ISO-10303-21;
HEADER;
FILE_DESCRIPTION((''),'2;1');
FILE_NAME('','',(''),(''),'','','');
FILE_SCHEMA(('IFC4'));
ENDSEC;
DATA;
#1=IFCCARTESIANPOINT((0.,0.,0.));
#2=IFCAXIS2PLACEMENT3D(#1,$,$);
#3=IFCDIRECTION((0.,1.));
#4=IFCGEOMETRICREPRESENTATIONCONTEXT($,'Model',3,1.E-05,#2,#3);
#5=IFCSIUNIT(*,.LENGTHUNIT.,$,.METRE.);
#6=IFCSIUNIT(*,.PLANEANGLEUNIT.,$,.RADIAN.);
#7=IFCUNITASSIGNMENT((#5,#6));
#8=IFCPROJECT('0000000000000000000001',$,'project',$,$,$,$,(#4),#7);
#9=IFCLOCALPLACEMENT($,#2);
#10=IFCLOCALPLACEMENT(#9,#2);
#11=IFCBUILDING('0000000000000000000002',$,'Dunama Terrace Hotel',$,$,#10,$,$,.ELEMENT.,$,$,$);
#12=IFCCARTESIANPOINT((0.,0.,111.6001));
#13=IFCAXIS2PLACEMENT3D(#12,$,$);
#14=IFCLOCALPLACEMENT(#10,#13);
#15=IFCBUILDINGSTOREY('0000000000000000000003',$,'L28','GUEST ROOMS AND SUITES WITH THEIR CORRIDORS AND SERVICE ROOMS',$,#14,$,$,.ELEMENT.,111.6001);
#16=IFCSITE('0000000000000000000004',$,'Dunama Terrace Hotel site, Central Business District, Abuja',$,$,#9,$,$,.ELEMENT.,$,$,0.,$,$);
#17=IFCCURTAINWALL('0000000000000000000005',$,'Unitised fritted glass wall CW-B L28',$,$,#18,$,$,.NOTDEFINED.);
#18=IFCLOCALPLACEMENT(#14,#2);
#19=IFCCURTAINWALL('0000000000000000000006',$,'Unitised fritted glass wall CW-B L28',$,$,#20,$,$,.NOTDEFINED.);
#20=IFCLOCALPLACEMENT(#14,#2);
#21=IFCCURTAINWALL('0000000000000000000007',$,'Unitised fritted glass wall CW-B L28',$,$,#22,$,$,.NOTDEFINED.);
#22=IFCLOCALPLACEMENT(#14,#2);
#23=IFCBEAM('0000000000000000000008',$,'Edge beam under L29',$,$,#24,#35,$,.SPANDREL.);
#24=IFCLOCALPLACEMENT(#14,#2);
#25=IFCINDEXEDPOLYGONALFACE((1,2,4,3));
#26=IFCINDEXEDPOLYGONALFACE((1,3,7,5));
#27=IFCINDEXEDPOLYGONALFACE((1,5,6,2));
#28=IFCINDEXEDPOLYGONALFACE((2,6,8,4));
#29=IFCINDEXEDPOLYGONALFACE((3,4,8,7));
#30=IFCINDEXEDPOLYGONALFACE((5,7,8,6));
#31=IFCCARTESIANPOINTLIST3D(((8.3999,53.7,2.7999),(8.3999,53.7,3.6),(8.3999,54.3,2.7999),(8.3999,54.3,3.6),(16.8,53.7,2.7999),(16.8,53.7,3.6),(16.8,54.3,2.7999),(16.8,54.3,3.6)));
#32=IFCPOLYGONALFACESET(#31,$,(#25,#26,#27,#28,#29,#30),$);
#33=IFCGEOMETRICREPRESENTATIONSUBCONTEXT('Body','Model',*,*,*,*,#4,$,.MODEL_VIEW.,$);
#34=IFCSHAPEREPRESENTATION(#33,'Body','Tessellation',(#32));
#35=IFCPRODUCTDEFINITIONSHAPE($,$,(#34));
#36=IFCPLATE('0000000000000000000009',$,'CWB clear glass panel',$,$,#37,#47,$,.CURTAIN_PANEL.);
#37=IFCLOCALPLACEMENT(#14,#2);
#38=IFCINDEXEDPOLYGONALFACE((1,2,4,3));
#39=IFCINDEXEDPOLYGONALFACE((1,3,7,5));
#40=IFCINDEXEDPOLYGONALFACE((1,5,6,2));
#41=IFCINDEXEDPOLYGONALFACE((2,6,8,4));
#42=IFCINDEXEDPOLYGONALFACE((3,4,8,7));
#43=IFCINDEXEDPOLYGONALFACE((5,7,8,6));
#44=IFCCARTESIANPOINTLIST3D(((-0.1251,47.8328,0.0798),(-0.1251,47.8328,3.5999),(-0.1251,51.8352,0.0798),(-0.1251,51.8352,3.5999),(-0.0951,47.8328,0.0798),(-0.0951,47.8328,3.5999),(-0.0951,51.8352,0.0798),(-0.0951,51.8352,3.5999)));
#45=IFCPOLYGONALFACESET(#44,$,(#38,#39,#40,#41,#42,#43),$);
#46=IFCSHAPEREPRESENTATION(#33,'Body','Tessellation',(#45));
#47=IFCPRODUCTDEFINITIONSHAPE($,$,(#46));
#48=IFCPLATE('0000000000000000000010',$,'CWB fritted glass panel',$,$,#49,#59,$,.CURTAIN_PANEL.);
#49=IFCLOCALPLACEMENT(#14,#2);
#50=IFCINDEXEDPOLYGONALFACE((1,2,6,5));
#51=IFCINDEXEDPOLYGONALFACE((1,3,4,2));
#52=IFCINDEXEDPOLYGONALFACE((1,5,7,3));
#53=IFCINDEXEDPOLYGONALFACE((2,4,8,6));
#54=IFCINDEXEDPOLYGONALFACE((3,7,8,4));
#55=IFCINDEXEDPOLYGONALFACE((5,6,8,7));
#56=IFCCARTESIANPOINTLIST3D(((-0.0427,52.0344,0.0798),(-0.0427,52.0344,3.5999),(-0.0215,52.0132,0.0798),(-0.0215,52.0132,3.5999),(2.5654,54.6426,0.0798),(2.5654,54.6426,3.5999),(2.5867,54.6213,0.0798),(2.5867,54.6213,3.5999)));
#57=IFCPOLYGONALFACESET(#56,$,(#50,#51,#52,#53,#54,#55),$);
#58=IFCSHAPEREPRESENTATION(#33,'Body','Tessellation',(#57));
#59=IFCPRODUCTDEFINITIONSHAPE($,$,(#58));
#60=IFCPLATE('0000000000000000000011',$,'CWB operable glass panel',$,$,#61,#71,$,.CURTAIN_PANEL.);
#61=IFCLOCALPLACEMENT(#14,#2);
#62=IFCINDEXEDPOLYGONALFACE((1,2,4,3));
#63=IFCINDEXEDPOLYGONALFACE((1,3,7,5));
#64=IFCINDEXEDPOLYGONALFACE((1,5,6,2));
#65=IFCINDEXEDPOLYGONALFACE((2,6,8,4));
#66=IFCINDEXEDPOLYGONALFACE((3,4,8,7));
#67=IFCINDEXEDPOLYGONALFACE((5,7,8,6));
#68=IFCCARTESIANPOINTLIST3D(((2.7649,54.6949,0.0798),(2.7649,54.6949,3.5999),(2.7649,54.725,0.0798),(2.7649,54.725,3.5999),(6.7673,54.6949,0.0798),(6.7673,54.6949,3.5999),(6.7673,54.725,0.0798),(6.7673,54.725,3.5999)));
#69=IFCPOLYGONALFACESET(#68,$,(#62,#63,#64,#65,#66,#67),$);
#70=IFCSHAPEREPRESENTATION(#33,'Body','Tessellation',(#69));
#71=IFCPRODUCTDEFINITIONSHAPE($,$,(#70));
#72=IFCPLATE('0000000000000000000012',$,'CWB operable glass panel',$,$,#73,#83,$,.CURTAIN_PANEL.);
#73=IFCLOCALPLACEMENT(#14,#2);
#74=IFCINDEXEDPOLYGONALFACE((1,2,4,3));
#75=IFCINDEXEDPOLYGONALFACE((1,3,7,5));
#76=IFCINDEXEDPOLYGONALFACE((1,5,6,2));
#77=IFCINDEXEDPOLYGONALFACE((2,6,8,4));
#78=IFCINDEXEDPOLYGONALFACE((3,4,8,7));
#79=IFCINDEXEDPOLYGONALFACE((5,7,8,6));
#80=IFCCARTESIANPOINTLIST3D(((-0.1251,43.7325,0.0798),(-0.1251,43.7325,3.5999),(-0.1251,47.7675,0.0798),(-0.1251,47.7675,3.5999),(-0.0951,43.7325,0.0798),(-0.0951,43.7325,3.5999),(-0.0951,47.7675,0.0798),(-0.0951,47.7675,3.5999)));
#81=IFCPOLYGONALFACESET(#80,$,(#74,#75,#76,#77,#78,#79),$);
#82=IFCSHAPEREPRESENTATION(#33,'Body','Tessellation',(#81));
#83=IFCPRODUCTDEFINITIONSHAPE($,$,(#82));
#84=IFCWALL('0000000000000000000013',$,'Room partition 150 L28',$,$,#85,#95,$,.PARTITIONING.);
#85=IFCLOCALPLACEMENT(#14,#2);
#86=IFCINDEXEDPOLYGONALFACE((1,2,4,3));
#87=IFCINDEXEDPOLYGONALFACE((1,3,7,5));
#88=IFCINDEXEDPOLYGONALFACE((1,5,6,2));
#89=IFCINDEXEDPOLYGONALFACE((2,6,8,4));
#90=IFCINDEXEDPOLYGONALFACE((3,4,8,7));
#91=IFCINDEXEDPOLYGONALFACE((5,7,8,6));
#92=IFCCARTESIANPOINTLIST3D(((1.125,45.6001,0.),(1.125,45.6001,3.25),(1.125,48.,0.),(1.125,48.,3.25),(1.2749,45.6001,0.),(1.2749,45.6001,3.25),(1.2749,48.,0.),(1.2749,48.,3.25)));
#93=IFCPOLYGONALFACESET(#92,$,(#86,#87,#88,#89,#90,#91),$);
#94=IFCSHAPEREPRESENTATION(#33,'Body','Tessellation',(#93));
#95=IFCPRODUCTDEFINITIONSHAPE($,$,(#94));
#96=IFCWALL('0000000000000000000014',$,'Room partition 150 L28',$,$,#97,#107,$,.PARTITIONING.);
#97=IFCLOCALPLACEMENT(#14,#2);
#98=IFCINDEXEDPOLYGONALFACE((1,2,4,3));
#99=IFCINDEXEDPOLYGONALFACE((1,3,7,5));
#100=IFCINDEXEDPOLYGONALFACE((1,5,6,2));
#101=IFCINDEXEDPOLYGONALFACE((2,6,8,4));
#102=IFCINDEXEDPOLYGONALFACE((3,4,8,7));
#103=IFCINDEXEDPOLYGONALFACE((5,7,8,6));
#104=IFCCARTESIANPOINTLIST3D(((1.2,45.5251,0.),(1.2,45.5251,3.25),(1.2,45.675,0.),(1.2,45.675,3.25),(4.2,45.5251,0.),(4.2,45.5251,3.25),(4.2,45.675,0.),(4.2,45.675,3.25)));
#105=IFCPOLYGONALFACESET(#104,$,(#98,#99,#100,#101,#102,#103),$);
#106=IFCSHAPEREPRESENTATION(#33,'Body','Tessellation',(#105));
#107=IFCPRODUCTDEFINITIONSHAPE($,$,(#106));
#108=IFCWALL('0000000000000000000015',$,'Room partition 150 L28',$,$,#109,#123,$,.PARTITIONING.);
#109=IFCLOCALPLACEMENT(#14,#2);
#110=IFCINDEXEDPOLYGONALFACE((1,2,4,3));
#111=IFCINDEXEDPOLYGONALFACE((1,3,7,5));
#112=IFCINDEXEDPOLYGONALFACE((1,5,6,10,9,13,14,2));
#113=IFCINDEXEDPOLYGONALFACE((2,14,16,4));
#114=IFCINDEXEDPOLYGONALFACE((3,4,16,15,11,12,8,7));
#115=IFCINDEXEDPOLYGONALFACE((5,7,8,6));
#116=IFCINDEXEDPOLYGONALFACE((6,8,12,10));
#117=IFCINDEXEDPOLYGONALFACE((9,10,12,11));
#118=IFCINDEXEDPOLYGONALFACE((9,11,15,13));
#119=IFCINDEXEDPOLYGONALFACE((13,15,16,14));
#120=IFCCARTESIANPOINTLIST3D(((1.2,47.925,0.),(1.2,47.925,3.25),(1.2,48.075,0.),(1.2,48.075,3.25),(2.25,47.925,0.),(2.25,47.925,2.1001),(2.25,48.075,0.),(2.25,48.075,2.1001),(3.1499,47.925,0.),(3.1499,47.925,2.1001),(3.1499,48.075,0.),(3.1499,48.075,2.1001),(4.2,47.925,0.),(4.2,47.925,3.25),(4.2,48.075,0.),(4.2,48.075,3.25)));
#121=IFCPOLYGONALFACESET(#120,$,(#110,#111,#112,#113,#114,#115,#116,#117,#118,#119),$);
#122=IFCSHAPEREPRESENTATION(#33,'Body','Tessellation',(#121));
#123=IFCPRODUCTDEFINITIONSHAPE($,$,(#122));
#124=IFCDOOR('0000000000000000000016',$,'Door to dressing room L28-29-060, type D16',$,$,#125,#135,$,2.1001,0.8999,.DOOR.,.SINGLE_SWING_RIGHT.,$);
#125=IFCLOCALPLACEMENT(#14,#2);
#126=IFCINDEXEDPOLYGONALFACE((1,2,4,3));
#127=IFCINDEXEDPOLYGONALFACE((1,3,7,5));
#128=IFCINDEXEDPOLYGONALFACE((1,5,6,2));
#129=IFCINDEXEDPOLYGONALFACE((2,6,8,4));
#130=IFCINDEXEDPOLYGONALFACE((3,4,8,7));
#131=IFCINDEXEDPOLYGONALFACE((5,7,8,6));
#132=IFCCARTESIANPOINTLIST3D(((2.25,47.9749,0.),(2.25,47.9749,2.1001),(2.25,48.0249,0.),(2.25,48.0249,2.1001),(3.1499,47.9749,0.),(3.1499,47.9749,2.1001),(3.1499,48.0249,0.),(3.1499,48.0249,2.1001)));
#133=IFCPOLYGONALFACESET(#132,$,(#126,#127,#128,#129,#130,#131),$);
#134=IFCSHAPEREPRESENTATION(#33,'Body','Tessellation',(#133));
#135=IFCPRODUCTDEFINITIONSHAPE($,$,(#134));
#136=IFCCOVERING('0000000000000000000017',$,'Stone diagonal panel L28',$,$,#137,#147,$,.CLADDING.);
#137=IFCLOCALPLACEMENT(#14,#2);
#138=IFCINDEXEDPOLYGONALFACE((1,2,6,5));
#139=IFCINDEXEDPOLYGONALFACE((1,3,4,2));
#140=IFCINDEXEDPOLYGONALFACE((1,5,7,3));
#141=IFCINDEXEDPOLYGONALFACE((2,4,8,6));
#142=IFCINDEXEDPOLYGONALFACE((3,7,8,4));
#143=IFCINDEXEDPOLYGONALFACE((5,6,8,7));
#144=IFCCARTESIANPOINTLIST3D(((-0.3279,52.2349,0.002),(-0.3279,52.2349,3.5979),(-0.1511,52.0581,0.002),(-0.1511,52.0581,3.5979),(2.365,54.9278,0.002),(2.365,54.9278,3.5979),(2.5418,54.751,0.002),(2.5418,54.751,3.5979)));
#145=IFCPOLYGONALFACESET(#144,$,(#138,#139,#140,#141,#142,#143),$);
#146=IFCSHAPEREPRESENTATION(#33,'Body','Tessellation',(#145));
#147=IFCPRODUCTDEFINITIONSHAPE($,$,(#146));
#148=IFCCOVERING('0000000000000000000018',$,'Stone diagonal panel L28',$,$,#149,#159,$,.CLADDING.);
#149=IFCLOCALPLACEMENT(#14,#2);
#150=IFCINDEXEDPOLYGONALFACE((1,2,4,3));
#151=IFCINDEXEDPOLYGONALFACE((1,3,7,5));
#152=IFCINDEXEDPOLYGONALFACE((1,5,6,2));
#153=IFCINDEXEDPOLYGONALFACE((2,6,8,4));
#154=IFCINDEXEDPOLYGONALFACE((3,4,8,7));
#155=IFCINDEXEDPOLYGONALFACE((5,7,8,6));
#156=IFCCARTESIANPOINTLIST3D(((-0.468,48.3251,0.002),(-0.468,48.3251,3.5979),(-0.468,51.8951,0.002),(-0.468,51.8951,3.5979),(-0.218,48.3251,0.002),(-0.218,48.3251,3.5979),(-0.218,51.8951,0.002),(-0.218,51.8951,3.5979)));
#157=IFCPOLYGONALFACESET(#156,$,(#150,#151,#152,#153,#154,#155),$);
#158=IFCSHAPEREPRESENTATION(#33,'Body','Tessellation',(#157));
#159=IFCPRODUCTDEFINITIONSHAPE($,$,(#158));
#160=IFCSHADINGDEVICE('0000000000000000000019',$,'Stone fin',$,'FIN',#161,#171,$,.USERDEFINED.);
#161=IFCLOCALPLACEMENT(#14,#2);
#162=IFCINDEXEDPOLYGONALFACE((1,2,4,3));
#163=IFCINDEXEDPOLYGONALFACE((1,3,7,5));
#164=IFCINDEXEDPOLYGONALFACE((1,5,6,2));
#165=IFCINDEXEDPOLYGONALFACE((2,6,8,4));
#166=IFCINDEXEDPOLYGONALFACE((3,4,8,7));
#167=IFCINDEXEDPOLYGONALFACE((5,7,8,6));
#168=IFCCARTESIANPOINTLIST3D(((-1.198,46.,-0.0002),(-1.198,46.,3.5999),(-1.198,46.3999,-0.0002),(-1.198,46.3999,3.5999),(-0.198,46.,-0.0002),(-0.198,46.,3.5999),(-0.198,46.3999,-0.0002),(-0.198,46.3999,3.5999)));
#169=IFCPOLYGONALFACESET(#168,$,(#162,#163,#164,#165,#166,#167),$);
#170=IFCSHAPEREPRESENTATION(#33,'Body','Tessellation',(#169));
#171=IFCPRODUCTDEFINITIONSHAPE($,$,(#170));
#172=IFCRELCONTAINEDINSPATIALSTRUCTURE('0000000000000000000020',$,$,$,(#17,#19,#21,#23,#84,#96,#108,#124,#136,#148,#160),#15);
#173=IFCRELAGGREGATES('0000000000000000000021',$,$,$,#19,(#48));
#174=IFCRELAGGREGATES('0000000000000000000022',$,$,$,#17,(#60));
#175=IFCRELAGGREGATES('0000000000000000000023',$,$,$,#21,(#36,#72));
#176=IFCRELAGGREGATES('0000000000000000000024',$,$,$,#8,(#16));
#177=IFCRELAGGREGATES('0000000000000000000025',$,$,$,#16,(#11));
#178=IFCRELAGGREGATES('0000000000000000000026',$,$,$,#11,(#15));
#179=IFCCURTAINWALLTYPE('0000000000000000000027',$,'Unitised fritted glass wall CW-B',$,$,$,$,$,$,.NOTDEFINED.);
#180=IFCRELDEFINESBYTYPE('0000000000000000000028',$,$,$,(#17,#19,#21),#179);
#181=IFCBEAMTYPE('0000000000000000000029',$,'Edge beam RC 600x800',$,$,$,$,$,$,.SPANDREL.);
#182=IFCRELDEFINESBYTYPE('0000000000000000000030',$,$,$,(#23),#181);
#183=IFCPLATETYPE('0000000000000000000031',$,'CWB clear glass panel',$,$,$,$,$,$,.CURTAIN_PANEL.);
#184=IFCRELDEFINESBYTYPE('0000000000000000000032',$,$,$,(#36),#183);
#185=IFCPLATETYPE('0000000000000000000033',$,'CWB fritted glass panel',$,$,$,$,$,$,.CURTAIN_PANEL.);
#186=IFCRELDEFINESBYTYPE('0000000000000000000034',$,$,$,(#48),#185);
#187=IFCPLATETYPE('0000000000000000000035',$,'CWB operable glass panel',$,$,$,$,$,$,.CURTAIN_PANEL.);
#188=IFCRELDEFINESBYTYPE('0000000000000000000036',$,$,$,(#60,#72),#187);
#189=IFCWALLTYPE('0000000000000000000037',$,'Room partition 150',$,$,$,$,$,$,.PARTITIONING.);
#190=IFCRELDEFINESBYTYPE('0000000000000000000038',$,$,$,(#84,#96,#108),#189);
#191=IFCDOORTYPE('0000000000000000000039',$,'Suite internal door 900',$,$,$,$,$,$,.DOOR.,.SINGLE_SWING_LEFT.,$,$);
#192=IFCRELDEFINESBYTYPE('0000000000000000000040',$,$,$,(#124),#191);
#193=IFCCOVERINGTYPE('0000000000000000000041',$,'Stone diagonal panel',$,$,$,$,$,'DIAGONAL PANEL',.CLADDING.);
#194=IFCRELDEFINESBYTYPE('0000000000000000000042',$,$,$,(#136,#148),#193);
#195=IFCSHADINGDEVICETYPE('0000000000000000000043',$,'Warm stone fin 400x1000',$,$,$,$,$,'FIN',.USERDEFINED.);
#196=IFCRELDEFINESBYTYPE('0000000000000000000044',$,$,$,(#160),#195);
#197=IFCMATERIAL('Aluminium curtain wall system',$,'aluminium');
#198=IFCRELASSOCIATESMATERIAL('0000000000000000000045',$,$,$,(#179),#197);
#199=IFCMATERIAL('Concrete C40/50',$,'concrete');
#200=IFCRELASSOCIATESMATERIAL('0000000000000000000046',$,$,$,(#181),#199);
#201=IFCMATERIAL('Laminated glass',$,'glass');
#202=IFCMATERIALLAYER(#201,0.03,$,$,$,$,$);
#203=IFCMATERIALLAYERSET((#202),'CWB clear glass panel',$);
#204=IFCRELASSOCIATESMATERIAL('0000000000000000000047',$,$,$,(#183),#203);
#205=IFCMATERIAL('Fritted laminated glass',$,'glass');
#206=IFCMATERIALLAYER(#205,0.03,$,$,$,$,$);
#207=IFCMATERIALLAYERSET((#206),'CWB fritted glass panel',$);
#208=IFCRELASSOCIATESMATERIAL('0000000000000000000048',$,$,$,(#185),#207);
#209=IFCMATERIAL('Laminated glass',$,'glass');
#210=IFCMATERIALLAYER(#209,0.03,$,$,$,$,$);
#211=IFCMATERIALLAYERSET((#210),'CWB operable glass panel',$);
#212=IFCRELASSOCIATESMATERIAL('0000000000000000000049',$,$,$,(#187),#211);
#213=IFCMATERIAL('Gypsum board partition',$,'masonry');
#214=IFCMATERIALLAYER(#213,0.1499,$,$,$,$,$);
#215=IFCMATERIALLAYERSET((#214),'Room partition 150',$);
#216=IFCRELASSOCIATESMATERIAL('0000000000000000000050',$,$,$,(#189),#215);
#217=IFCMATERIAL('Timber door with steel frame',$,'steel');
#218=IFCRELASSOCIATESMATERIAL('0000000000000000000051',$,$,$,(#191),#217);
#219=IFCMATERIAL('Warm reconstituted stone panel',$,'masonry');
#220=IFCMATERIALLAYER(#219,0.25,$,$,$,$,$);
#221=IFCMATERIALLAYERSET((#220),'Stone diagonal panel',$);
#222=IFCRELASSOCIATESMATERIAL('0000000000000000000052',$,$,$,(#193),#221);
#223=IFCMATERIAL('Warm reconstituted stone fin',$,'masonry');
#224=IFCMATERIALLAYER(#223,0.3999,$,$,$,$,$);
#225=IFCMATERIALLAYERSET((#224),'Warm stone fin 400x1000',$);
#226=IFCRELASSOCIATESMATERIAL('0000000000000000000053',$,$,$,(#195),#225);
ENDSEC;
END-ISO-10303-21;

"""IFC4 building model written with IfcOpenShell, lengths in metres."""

from ifc_helpers import new_model, si_unit, direction, frame, frame_2d, origin, origin_2d, place, context, subcontext, project, spatial, rectangle, extrude, material, layer, layer_set, material_profile, profile_set, type_object, element, fill, aggregate, save


model = new_model("IFC4")

# Units and contexts
model_context = context("Model", 3, precision=1e-05, world=origin(), true_north=direction((0.0, 1.0)))
body_context = subcontext(model_context, "Body", "Model", "MODEL_VIEW")
ifc_project = project(units=[si_unit("LENGTHUNIT", "METRE"), si_unit("PLANEANGLEUNIT", "RADIAN")], contexts=[model_context])

# Site, building, storey
site_placement = place(None, origin())
site = spatial("IfcSite", under=ifc_project, at=site_placement, Name="Dunama Terrace Hotel site, Central Business District, Abuja", CompositionType="ELEMENT", RefElevation=0.0)
building_placement = place(site_placement, origin())
building = spatial("IfcBuilding", under=site, at=building_placement, Name="Dunama Terrace Hotel", CompositionType="ELEMENT")
storey_placement = place(building_placement, frame((0.0, 0.0, 111.6001)))
storey = spatial("IfcBuildingStorey", under=building, at=storey_placement, Name="L28", Description="GUEST ROOMS AND SUITES WITH THEIR CORRIDORS AND SERVICE ROOMS", CompositionType="ELEMENT", Elevation=111.6001)

# Curtain walls
ifc_material_1 = material(Name="Aluminium curtain wall system", Category="aluminium")
curtain_wall_type = type_object("IfcCurtainWallType", Name="Unitised fritted glass wall CW-B", PredefinedType="NOTDEFINED", material=ifc_material_1)
curtain_wall_1_placement = place(storey_placement, origin())
curtain_wall_1 = element("IfcCurtainWall", 1, at=curtain_wall_1_placement, inside=storey, type_object=curtain_wall_type, Name="Unitised fritted glass wall CW-B L28", PredefinedType="NOTDEFINED")
curtain_wall_2_placement = place(storey_placement, origin())
curtain_wall_2 = element("IfcCurtainWall", 2, at=curtain_wall_2_placement, inside=storey, type_object=curtain_wall_type, Name="Unitised fritted glass wall CW-B L28", PredefinedType="NOTDEFINED")
curtain_wall_3_placement = place(storey_placement, origin())
curtain_wall_3 = element("IfcCurtainWall", 3, at=curtain_wall_3_placement, inside=storey, type_object=curtain_wall_type, Name="Unitised fritted glass wall CW-B L28", PredefinedType="NOTDEFINED")

# Beam
ifc_material_2 = material(Name="Concrete C40/50", Category="concrete")
ifc_material_profile_1 = material_profile(ifc_material_2, rectangle(XDim=0.6001, YDim=0.8, at=origin_2d()), Name="RC 600x800")
ifc_profile_set_1 = profile_set([ifc_material_profile_1], Name="Concrete C40/50")
beam_type = type_object("IfcBeamType", Name="Edge beam RC 600x800", PredefinedType="SPANDREL", material=ifc_profile_set_1)
beam_placement = place(storey_placement, frame((8.3999, 54.0, 3.2), z_axis=(1.0, 0.0, 0.0), x_axis=(0.0, 1.0, 0.0)))
element("IfcBeam", 4, at=beam_placement, inside=storey, type_object=beam_type, Name="Edge beam under L29", PredefinedType="SPANDREL", context=body_context, shape_type="SweptSolid", body=[
    extrude(rectangle(XDim=0.6001, YDim=0.8, at=origin_2d()), origin(), (0.0, 0.0, 1.0), 8.4001),
])

# Plates
ifc_material_3 = material(Name="Laminated glass", Category="glass")
ifc_layer_1 = layer(ifc_material_3, 0.03)
ifc_layer_set_1 = layer_set([ifc_layer_1], Name="CWB clear glass panel")
plate_type_1 = type_object("IfcPlateType", Name="CWB clear glass panel", PredefinedType="CURTAIN_PANEL", material=ifc_layer_set_1)
plate_1_placement = place(storey_placement, frame((-0.1101, 49.834, 0.0798), z_axis=(0.0, 0.0, 1.0), x_axis=(0.0, -1.0, 0.0)))
plate_1 = element("IfcPlate", 5, at=plate_1_placement, type_object=plate_type_1, Name="CWB clear glass panel", PredefinedType="CURTAIN_PANEL", context=body_context, shape_type="SweptSolid", body=[
    extrude(rectangle(XDim=4.0024, YDim=0.03, at=origin_2d()), origin(), (0.0, 0.0, 1.0), 3.52),
])
ifc_material_4 = material(Name="Fritted laminated glass", Category="glass")
ifc_layer_2 = layer(ifc_material_4, 0.03)
ifc_layer_set_2 = layer_set([ifc_layer_2], Name="CWB fritted glass panel")
plate_type_2 = type_object("IfcPlateType", Name="CWB fritted glass panel", PredefinedType="CURTAIN_PANEL", material=ifc_layer_set_2)
plate_2_placement = place(storey_placement, frame((1.272, 53.3279, 0.0798), z_axis=(0.0, 0.0, 1.0), x_axis=(-0.707107, -0.707107, 0.0)))
plate_2 = element("IfcPlate", 6, at=plate_2_placement, type_object=plate_type_2, Name="CWB fritted glass panel", PredefinedType="CURTAIN_PANEL", context=body_context, shape_type="SweptSolid", body=[
    extrude(rectangle(XDim=3.6885, YDim=0.03, at=origin_2d()), origin(), (0.0, 0.0, 1.0), 3.52),
])
aggregate(curtain_wall_2, [plate_2])
ifc_material_5 = material(Name="Laminated glass", Category="glass")
ifc_layer_3 = layer(ifc_material_5, 0.03)
ifc_layer_set_3 = layer_set([ifc_layer_3], Name="CWB operable glass panel")
plate_type_3 = type_object("IfcPlateType", Name="CWB operable glass panel", PredefinedType="CURTAIN_PANEL", material=ifc_layer_set_3)
plate_3_placement = place(storey_placement, frame((4.7661, 54.71, 0.0798), z_axis=(0.0, 0.0, 1.0), x_axis=(-1.0, 0.0, 0.0)))
plate_3 = element("IfcPlate", 7, at=plate_3_placement, type_object=plate_type_3, Name="CWB operable glass panel", PredefinedType="CURTAIN_PANEL", context=body_context, shape_type="SweptSolid", body=[
    extrude(rectangle(XDim=4.0024, YDim=0.03, at=origin_2d()), origin(), (0.0, 0.0, 1.0), 3.52),
])
aggregate(curtain_wall_1, [plate_3])
plate_4_placement = place(storey_placement, frame((-0.1101, 45.75, 0.0798), z_axis=(0.0, 0.0, 1.0), x_axis=(0.0, -1.0, 0.0)))
plate_4 = element("IfcPlate", 8, at=plate_4_placement, type_object=plate_type_3, Name="CWB operable glass panel", PredefinedType="CURTAIN_PANEL", context=body_context, shape_type="SweptSolid", body=[
    extrude(rectangle(XDim=4.0349, YDim=0.03, at=origin_2d()), origin(), (0.0, 0.0, 1.0), 3.52),
])
aggregate(curtain_wall_3, [plate_1, plate_4])

# Walls
ifc_material_6 = material(Name="Gypsum board partition", Category="masonry")
ifc_layer_4 = layer(ifc_material_6, 0.1499)
ifc_layer_set_4 = layer_set([ifc_layer_4], Name="Room partition 150")
wall_type = type_object("IfcWallType", Name="Room partition 150", PredefinedType="PARTITIONING", material=ifc_layer_set_4)
wall_1_placement = place(storey_placement, frame((1.2, 45.6001, 0.0), z_axis=(0.0, 0.0, 1.0), x_axis=(0.0, 1.0, 0.0)))
element("IfcWall", 9, at=wall_1_placement, inside=storey, type_object=wall_type, Name="Room partition 150 L28", PredefinedType="PARTITIONING", context=body_context, shape_type="SweptSolid", body=[
    extrude(rectangle(XDim=2.3999, YDim=0.1499, at=frame_2d((1.2, 0.0))), origin(), (0.0, 0.0, 1.0), 3.25),
])
wall_2_placement = place(storey_placement, frame((1.2, 45.6001, 0.0), z_axis=(0.0, 0.0, 1.0), x_axis=(1.0, 0.0, 0.0)))
element("IfcWall", 10, at=wall_2_placement, inside=storey, type_object=wall_type, Name="Room partition 150 L28", PredefinedType="PARTITIONING", context=body_context, shape_type="SweptSolid", body=[
    extrude(rectangle(XDim=3.0, YDim=0.1499, at=frame_2d((1.5, 0.0))), origin(), (0.0, 0.0, 1.0), 3.25),
])

# Wall, opening, door
wall_3_placement = place(storey_placement, frame((1.2, 48.0, 0.0), z_axis=(0.0, 0.0, 1.0), x_axis=(1.0, 0.0, 0.0)))
wall_3 = element("IfcWall", 11, at=wall_3_placement, inside=storey, type_object=wall_type, Name="Room partition 150 L28", PredefinedType="PARTITIONING", context=body_context, shape_type="SweptSolid", body=[
    extrude(rectangle(XDim=3.0, YDim=0.1499, at=frame_2d((1.5, 0.0))), origin(), (0.0, 0.0, 1.0), 3.25),
])
opening_placement = place(wall_3_placement, frame((1.05, 0.0, 0.0)))
opening = element("IfcOpeningElement", 12, at=opening_placement, cuts=wall_3, PredefinedType="OPENING", context=body_context, shape_type="SweptSolid", body=[
    extrude(rectangle(XDim=0.8999, YDim=2.1001, at=frame_2d((0.45, 1.05))), frame((0.0, 0.085, 0.0), z_axis=(0.0, -1.0, 0.0), x_axis=(1.0, 0.0, 0.0)), (0.0, 0.0, 1.0), 0.1699),
])
ifc_material_7 = material(Name="Timber door with steel frame", Category="steel")
door_type = type_object("IfcDoorType", Name="Suite internal door 900", OperationType="SINGLE_SWING_LEFT", PredefinedType="DOOR", material=ifc_material_7)
door_placement = place(opening_placement, frame((0.8999, 0.0, 0.0), z_axis=(0.0, 0.0, 1.0), x_axis=(-1.0, 0.0, 0.0)))
door = element("IfcDoor", 13, at=door_placement, inside=storey, type_object=door_type, Name="Door to dressing room L28-29-060, type D16", OperationType="SINGLE_SWING_RIGHT", OverallHeight=2.1001, OverallWidth=0.8999, PredefinedType="DOOR", context=body_context, shape_type="SweptSolid", body=[
    extrude(rectangle(XDim=0.8999, YDim=2.1001, at=frame_2d((0.45, 1.05))), frame((0.0, 0.0251, 0.0), z_axis=(0.0, -1.0, 0.0), x_axis=(1.0, 0.0, 0.0)), (0.0, 0.0, 1.0), 0.05),
])
fill(opening, door)

# Coverings
ifc_material_8 = material(Name="Warm reconstituted stone panel", Category="masonry")
ifc_layer_5 = layer(ifc_material_8, 0.25)
ifc_layer_set_5 = layer_set([ifc_layer_5], Name="Stone diagonal panel")
covering_type = type_object("IfcCoveringType", Name="Stone diagonal panel", ElementType="DIAGONAL PANEL", PredefinedType="CLADDING", material=ifc_layer_set_5)
covering_1_placement = place(storey_placement, frame((1.1069, 53.4929, 0.002), z_axis=(0.0, 0.0, 1.0), x_axis=(-0.707107, -0.707107, 0.0)))
element("IfcCovering", 14, at=covering_1_placement, inside=storey, type_object=covering_type, Name="Stone diagonal panel L28", PredefinedType="CLADDING", context=body_context, shape_type="SweptSolid", body=[
    extrude(rectangle(XDim=3.8083, YDim=0.25, at=origin_2d()), origin(), (0.0, 0.0, 1.0), 3.5959),
])
covering_2_placement = place(storey_placement, frame((-0.343, 50.1101, 0.002), z_axis=(0.0, 0.0, 1.0), x_axis=(0.0, -1.0, 0.0)))
element("IfcCovering", 15, at=covering_2_placement, inside=storey, type_object=covering_type, Name="Stone diagonal panel L28", PredefinedType="CLADDING", context=body_context, shape_type="SweptSolid", body=[
    extrude(rectangle(XDim=3.5701, YDim=0.25, at=origin_2d()), origin(), (0.0, 0.0, 1.0), 3.5959),
])

# Shading device
ifc_material_9 = material(Name="Warm reconstituted stone fin", Category="masonry")
ifc_layer_6 = layer(ifc_material_9, 0.3999)
ifc_layer_set_6 = layer_set([ifc_layer_6], Name="Warm stone fin 400x1000")
shading_device_type = type_object("IfcShadingDeviceType", Name="Warm stone fin 400x1000", ElementType="FIN", PredefinedType="USERDEFINED", material=ifc_layer_set_6)
shading_device_placement = place(storey_placement, frame((-0.698, 46.2, -0.0002), z_axis=(0.0, 0.0, 1.0), x_axis=(0.0, -1.0, 0.0)))
element("IfcShadingDevice", 16, at=shading_device_placement, inside=storey, type_object=shading_device_type, Name="Stone fin", ObjectType="FIN", PredefinedType="USERDEFINED", context=body_context, shape_type="SweptSolid", body=[
    extrude(rectangle(XDim=0.3999, YDim=1.0, at=origin_2d()), origin(), (0.0, 0.0, 1.0), 3.6001),
])

save(model, "model.ifc")
